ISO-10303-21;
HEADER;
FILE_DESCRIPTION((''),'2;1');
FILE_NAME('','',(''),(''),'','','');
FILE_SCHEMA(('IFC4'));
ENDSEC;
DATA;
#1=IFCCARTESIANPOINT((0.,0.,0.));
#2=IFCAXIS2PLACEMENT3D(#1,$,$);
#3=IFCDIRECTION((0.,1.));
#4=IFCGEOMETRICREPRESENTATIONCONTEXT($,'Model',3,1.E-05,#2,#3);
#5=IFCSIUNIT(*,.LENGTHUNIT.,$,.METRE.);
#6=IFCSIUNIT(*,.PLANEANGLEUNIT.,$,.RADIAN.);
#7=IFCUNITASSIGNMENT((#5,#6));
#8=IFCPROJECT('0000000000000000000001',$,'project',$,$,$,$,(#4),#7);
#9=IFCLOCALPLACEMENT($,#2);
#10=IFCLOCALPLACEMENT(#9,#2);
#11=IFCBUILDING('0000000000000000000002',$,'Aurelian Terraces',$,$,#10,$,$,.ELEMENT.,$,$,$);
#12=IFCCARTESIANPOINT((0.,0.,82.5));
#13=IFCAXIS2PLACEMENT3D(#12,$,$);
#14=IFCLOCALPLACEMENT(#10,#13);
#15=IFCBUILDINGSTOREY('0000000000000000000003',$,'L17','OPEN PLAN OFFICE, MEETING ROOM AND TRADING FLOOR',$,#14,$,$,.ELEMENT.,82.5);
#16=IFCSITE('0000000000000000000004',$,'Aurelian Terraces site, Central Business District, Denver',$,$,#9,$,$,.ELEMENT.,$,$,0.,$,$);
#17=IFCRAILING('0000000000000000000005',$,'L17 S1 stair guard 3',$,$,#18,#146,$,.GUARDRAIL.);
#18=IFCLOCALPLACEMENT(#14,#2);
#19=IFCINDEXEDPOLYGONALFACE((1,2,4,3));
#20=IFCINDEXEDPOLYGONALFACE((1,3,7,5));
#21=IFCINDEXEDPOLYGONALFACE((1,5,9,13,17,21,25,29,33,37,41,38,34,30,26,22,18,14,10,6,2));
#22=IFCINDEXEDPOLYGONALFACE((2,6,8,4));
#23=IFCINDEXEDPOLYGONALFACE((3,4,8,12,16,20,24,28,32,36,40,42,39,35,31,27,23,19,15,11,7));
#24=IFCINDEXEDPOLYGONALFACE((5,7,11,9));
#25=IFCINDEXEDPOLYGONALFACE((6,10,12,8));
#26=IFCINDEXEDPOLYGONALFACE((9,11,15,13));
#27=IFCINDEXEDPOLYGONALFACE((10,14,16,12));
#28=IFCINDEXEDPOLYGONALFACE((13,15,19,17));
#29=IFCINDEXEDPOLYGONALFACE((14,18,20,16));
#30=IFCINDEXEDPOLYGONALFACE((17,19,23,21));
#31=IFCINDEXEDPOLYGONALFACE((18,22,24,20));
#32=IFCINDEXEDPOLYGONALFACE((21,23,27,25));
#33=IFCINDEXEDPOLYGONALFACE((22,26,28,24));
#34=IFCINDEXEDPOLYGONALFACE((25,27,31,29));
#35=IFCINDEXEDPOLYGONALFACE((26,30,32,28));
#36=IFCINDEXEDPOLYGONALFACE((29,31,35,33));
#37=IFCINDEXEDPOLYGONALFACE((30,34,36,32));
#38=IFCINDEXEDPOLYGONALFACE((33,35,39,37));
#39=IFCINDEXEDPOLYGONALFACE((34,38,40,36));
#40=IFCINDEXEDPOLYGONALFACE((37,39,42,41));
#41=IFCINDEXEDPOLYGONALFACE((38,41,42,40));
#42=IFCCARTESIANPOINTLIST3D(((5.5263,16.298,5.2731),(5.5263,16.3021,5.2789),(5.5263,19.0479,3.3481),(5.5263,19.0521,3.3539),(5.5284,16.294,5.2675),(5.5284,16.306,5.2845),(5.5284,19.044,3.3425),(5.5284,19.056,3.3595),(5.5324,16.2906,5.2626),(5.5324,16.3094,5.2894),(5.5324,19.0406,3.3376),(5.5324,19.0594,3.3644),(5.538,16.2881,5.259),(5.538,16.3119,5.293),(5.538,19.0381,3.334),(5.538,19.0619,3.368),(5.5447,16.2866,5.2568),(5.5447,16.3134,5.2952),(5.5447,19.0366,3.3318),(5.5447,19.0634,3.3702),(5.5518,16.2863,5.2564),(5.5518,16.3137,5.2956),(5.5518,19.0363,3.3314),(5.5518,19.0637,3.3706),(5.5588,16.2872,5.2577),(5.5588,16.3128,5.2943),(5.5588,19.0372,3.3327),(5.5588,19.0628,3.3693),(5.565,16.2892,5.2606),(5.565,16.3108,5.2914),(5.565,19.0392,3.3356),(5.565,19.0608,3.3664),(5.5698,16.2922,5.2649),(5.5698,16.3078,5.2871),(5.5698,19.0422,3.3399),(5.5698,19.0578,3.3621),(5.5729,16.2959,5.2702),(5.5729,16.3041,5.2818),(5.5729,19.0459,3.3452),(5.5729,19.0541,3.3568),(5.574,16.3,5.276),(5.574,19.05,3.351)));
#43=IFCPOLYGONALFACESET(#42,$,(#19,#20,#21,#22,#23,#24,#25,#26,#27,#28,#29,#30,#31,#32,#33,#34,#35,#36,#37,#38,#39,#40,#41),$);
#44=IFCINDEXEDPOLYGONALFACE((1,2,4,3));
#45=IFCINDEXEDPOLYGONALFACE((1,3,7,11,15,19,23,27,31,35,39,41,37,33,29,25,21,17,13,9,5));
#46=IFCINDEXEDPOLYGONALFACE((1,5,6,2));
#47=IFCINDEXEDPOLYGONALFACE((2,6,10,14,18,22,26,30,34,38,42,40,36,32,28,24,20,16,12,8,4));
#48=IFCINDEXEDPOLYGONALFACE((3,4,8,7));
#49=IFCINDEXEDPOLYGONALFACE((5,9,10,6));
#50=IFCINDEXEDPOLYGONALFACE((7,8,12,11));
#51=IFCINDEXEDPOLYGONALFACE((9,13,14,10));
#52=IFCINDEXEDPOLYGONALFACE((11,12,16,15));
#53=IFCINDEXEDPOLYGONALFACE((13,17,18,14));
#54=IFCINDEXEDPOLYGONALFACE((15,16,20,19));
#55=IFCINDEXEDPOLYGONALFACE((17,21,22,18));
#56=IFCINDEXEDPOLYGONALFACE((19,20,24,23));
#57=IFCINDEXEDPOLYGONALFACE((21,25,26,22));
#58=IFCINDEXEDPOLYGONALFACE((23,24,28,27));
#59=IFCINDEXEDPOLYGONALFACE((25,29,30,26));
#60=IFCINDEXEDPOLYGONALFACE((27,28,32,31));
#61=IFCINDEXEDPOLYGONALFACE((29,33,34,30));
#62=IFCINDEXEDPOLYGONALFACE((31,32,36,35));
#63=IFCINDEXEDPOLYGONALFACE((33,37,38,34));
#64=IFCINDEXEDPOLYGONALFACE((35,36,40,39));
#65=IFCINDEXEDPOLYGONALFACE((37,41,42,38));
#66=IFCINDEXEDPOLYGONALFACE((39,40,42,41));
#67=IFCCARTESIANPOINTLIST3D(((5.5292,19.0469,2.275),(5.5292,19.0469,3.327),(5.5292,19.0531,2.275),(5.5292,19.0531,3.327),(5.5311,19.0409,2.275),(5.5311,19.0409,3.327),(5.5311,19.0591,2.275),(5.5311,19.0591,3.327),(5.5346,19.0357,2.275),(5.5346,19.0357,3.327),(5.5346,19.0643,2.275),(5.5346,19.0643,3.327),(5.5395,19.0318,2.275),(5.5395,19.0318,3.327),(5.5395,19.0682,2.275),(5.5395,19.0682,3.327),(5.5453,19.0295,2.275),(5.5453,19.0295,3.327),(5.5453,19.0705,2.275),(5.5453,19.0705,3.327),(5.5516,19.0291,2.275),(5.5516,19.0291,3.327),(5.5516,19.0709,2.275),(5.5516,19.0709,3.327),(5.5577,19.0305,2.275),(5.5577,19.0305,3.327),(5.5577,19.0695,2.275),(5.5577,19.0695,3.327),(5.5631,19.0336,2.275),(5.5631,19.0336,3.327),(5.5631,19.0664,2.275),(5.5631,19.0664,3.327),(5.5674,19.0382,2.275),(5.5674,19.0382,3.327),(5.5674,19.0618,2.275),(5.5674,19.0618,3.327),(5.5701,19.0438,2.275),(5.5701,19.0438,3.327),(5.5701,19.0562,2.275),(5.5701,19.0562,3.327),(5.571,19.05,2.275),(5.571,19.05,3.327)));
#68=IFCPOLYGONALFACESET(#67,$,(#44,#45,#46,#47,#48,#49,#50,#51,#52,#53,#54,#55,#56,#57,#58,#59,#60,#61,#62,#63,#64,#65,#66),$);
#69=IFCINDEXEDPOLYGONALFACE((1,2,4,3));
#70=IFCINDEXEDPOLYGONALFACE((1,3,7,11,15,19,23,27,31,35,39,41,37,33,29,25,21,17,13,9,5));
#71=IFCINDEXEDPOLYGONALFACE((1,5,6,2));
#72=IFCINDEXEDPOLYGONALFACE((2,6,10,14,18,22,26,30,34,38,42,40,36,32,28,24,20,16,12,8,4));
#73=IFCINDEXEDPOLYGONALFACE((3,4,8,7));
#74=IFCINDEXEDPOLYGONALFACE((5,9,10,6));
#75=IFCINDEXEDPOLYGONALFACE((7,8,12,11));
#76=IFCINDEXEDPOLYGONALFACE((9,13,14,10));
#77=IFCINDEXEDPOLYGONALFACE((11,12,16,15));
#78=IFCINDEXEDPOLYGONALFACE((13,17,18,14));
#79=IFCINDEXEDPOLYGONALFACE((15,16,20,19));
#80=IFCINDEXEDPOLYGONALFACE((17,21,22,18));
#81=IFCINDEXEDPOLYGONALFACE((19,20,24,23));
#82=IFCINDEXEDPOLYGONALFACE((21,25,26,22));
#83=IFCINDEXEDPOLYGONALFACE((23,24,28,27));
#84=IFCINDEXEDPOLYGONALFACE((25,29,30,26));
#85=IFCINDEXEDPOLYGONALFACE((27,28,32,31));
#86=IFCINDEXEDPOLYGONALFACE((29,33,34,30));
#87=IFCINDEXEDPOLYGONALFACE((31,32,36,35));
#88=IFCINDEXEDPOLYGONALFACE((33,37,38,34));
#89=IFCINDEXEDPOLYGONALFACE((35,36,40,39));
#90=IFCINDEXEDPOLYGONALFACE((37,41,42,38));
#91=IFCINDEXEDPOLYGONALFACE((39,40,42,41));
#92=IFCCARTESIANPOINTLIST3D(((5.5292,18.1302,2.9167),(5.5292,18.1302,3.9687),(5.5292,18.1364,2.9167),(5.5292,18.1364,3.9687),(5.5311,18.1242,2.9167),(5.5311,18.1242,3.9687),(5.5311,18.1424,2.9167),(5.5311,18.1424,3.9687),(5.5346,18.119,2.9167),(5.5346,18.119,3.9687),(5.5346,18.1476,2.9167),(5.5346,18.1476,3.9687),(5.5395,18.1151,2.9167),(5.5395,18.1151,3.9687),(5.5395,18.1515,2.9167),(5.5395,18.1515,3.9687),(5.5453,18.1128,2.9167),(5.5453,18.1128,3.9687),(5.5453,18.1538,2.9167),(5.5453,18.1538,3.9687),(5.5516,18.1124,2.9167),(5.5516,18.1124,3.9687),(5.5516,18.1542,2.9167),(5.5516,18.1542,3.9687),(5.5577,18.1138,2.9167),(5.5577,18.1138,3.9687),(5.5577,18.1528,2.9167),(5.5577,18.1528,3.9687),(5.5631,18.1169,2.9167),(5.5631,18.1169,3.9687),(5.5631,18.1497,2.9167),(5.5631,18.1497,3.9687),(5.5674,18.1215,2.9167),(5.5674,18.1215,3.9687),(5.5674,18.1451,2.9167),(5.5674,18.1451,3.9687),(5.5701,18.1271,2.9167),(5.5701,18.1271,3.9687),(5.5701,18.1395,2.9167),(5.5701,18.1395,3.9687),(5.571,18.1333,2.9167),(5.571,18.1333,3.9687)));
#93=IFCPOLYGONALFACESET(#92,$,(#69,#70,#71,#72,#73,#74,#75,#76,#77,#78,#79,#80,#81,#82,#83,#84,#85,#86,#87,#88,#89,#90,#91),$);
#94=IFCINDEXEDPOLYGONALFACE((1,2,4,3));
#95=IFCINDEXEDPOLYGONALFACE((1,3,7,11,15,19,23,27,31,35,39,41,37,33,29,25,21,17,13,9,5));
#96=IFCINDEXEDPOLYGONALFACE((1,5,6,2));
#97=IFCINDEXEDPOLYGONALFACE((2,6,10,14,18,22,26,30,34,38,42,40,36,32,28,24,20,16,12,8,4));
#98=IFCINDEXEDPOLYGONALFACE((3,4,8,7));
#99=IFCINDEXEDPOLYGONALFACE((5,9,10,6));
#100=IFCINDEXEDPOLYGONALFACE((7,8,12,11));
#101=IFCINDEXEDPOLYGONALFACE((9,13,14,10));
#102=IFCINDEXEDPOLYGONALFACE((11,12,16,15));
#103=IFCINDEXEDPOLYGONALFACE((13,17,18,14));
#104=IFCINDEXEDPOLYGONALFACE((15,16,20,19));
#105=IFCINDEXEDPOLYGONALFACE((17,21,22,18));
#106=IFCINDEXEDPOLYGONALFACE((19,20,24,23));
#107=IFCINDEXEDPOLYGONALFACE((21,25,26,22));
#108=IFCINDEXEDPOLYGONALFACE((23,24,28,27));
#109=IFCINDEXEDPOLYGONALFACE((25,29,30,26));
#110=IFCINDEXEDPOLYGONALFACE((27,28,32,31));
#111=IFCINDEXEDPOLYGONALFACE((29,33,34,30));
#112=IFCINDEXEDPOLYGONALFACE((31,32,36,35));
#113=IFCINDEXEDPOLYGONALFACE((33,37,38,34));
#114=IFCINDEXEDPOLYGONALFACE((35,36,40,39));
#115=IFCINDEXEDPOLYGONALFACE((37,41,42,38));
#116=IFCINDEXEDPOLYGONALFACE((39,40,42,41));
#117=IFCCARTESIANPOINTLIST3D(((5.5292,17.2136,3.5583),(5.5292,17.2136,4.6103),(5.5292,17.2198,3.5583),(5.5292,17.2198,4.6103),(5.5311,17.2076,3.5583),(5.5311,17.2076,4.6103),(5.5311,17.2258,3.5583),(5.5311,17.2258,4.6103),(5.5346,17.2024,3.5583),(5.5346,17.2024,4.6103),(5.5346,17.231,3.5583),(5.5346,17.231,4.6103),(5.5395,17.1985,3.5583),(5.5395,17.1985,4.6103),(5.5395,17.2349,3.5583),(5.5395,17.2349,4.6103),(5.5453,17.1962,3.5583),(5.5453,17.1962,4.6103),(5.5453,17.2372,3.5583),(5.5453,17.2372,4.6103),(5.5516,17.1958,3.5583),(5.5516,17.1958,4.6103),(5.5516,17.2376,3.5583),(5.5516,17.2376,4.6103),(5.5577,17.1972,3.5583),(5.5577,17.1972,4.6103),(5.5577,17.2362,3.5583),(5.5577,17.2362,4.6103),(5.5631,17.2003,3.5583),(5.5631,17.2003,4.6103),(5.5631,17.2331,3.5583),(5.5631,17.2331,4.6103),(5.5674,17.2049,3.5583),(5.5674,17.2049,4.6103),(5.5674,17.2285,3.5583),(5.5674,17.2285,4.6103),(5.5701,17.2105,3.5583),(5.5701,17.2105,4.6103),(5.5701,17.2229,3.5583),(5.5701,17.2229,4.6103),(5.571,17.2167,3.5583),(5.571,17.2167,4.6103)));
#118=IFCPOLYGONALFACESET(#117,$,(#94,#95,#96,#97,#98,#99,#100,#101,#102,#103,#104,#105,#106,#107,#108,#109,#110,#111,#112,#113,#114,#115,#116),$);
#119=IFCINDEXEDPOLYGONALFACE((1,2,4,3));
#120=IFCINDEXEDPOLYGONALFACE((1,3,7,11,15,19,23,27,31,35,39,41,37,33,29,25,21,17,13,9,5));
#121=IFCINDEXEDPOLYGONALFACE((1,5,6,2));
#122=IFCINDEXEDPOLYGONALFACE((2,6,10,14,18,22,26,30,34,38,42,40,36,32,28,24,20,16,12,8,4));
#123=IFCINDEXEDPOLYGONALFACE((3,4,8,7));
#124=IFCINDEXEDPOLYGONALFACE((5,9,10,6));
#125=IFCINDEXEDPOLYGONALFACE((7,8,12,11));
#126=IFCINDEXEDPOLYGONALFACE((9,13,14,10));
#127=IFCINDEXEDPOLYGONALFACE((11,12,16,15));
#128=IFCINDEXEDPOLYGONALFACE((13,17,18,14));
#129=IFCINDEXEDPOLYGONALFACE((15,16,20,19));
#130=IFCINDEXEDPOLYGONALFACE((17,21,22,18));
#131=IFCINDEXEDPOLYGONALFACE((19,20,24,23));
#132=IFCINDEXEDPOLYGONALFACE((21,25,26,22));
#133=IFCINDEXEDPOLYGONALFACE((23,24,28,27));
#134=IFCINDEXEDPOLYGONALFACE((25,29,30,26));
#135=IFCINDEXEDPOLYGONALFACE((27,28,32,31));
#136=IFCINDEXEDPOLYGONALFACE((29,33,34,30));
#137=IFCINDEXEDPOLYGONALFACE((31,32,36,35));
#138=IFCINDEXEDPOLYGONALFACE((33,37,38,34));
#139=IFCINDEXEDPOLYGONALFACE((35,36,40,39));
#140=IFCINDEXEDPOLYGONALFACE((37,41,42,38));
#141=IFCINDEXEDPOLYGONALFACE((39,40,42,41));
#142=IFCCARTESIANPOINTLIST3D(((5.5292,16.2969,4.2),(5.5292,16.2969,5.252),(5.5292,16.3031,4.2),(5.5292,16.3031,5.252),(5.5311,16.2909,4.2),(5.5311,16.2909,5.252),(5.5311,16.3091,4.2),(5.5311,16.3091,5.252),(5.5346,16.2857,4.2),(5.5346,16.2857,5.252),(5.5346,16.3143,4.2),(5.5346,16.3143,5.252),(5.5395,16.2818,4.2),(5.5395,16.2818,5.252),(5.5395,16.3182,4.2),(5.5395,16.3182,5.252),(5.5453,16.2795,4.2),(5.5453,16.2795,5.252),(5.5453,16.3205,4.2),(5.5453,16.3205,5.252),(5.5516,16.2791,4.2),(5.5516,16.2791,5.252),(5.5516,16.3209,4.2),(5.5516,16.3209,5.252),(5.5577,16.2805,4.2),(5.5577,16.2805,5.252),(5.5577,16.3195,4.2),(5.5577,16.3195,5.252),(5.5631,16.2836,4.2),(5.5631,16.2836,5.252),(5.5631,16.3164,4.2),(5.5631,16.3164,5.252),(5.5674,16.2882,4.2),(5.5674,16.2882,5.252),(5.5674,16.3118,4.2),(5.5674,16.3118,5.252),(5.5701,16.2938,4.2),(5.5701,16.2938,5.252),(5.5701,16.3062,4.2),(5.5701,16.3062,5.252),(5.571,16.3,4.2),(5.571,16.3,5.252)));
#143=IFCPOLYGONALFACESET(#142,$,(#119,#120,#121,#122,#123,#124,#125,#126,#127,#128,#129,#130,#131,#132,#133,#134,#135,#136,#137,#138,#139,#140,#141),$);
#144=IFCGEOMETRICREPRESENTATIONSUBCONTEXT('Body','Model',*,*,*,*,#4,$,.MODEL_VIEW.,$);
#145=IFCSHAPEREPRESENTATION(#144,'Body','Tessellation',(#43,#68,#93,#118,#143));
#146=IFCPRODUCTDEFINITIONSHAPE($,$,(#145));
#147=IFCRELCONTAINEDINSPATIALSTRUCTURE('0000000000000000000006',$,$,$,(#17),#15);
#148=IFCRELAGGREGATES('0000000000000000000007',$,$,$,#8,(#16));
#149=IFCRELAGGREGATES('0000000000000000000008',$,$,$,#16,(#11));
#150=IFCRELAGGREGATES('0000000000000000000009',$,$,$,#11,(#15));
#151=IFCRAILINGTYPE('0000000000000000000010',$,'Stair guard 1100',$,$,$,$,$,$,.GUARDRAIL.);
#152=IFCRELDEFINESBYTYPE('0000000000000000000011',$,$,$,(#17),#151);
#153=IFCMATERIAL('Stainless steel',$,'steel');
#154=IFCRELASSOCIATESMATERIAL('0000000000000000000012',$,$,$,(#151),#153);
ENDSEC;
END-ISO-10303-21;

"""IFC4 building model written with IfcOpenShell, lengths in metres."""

from ifc_helpers import new_model, si_unit, direction, frame, origin, origin_2d, place, context, subcontext, project, spatial, circle, extrude, source, transform, mapped, material, type_object, element, save


model = new_model("IFC4")

# Units and contexts
model_context = context("Model", 3, precision=1e-05, world=origin(), true_north=direction((0.0, 1.0)))
body_context = subcontext(model_context, "Body", "Model", "MODEL_VIEW")
ifc_project = project(units=[si_unit("LENGTHUNIT", "METRE"), si_unit("PLANEANGLEUNIT", "RADIAN")], contexts=[model_context])

# Site, building, storey
site_placement = place(None, origin())
site = spatial("IfcSite", under=ifc_project, at=site_placement, Name="Aurelian Terraces site, Central Business District, Denver", CompositionType="ELEMENT", RefElevation=0.0)
building_placement = place(site_placement, origin())
building = spatial("IfcBuilding", under=site, at=building_placement, Name="Aurelian Terraces", CompositionType="ELEMENT")
storey_placement = place(building_placement, frame((0.0, 0.0, 82.5)))
storey = spatial("IfcBuildingStorey", under=building, at=storey_placement, Name="L17", Description="OPEN PLAN OFFICE, MEETING ROOM AND TRADING FLOOR", CompositionType="ELEMENT", Elevation=82.5)

# Railing
ifc_material_1 = material(Name="Stainless steel", Category="steel")
railing_type_1 = type_object("IfcRailingType", Name="Stair guard 1100", PredefinedType="GUARDRAIL", material=ifc_material_1)
shared_shape_1 = source(origin(), body_context, "Body", "SweptSolid", [
    extrude(circle(Radius=0.024, at=origin_2d()), frame((0.0, 0.0, 1.076), z_axis=(0.0, -0.819232, 0.573462), x_axis=(1.0, 0.0, 0.0)), (0.0, 0.0, 1.0), 3.3568),
    extrude(circle(Radius=0.021, at=origin_2d()), origin(), (0.0, 0.0, 1.0), 1.052),
    extrude(circle(Radius=0.021, at=origin_2d()), frame((0.0, -0.9167, 0.6417)), (0.0, 0.0, 1.0), 1.052),
    extrude(circle(Radius=0.021, at=origin_2d()), frame((0.0, -1.8333, 1.2833)), (0.0, 0.0, 1.0), 1.052),
    extrude(circle(Radius=0.021, at=origin_2d()), frame((0.0, -2.75, 1.925)), (0.0, 0.0, 1.0), 1.052),
])
railing_1_placement = place(storey_placement, frame((5.55, 19.05, 2.275)))
element("IfcRailing", 1, at=railing_1_placement, inside=storey, type_object=railing_type_1, Name="L17 S1 stair guard 3", PredefinedType="GUARDRAIL", context=body_context, shape_type="MappedRepresentation", body=[
    mapped(shared_shape_1, transform((0.0, 0.0, 0.0), scale=1.0)),
])

save(model, "model.ifc")
